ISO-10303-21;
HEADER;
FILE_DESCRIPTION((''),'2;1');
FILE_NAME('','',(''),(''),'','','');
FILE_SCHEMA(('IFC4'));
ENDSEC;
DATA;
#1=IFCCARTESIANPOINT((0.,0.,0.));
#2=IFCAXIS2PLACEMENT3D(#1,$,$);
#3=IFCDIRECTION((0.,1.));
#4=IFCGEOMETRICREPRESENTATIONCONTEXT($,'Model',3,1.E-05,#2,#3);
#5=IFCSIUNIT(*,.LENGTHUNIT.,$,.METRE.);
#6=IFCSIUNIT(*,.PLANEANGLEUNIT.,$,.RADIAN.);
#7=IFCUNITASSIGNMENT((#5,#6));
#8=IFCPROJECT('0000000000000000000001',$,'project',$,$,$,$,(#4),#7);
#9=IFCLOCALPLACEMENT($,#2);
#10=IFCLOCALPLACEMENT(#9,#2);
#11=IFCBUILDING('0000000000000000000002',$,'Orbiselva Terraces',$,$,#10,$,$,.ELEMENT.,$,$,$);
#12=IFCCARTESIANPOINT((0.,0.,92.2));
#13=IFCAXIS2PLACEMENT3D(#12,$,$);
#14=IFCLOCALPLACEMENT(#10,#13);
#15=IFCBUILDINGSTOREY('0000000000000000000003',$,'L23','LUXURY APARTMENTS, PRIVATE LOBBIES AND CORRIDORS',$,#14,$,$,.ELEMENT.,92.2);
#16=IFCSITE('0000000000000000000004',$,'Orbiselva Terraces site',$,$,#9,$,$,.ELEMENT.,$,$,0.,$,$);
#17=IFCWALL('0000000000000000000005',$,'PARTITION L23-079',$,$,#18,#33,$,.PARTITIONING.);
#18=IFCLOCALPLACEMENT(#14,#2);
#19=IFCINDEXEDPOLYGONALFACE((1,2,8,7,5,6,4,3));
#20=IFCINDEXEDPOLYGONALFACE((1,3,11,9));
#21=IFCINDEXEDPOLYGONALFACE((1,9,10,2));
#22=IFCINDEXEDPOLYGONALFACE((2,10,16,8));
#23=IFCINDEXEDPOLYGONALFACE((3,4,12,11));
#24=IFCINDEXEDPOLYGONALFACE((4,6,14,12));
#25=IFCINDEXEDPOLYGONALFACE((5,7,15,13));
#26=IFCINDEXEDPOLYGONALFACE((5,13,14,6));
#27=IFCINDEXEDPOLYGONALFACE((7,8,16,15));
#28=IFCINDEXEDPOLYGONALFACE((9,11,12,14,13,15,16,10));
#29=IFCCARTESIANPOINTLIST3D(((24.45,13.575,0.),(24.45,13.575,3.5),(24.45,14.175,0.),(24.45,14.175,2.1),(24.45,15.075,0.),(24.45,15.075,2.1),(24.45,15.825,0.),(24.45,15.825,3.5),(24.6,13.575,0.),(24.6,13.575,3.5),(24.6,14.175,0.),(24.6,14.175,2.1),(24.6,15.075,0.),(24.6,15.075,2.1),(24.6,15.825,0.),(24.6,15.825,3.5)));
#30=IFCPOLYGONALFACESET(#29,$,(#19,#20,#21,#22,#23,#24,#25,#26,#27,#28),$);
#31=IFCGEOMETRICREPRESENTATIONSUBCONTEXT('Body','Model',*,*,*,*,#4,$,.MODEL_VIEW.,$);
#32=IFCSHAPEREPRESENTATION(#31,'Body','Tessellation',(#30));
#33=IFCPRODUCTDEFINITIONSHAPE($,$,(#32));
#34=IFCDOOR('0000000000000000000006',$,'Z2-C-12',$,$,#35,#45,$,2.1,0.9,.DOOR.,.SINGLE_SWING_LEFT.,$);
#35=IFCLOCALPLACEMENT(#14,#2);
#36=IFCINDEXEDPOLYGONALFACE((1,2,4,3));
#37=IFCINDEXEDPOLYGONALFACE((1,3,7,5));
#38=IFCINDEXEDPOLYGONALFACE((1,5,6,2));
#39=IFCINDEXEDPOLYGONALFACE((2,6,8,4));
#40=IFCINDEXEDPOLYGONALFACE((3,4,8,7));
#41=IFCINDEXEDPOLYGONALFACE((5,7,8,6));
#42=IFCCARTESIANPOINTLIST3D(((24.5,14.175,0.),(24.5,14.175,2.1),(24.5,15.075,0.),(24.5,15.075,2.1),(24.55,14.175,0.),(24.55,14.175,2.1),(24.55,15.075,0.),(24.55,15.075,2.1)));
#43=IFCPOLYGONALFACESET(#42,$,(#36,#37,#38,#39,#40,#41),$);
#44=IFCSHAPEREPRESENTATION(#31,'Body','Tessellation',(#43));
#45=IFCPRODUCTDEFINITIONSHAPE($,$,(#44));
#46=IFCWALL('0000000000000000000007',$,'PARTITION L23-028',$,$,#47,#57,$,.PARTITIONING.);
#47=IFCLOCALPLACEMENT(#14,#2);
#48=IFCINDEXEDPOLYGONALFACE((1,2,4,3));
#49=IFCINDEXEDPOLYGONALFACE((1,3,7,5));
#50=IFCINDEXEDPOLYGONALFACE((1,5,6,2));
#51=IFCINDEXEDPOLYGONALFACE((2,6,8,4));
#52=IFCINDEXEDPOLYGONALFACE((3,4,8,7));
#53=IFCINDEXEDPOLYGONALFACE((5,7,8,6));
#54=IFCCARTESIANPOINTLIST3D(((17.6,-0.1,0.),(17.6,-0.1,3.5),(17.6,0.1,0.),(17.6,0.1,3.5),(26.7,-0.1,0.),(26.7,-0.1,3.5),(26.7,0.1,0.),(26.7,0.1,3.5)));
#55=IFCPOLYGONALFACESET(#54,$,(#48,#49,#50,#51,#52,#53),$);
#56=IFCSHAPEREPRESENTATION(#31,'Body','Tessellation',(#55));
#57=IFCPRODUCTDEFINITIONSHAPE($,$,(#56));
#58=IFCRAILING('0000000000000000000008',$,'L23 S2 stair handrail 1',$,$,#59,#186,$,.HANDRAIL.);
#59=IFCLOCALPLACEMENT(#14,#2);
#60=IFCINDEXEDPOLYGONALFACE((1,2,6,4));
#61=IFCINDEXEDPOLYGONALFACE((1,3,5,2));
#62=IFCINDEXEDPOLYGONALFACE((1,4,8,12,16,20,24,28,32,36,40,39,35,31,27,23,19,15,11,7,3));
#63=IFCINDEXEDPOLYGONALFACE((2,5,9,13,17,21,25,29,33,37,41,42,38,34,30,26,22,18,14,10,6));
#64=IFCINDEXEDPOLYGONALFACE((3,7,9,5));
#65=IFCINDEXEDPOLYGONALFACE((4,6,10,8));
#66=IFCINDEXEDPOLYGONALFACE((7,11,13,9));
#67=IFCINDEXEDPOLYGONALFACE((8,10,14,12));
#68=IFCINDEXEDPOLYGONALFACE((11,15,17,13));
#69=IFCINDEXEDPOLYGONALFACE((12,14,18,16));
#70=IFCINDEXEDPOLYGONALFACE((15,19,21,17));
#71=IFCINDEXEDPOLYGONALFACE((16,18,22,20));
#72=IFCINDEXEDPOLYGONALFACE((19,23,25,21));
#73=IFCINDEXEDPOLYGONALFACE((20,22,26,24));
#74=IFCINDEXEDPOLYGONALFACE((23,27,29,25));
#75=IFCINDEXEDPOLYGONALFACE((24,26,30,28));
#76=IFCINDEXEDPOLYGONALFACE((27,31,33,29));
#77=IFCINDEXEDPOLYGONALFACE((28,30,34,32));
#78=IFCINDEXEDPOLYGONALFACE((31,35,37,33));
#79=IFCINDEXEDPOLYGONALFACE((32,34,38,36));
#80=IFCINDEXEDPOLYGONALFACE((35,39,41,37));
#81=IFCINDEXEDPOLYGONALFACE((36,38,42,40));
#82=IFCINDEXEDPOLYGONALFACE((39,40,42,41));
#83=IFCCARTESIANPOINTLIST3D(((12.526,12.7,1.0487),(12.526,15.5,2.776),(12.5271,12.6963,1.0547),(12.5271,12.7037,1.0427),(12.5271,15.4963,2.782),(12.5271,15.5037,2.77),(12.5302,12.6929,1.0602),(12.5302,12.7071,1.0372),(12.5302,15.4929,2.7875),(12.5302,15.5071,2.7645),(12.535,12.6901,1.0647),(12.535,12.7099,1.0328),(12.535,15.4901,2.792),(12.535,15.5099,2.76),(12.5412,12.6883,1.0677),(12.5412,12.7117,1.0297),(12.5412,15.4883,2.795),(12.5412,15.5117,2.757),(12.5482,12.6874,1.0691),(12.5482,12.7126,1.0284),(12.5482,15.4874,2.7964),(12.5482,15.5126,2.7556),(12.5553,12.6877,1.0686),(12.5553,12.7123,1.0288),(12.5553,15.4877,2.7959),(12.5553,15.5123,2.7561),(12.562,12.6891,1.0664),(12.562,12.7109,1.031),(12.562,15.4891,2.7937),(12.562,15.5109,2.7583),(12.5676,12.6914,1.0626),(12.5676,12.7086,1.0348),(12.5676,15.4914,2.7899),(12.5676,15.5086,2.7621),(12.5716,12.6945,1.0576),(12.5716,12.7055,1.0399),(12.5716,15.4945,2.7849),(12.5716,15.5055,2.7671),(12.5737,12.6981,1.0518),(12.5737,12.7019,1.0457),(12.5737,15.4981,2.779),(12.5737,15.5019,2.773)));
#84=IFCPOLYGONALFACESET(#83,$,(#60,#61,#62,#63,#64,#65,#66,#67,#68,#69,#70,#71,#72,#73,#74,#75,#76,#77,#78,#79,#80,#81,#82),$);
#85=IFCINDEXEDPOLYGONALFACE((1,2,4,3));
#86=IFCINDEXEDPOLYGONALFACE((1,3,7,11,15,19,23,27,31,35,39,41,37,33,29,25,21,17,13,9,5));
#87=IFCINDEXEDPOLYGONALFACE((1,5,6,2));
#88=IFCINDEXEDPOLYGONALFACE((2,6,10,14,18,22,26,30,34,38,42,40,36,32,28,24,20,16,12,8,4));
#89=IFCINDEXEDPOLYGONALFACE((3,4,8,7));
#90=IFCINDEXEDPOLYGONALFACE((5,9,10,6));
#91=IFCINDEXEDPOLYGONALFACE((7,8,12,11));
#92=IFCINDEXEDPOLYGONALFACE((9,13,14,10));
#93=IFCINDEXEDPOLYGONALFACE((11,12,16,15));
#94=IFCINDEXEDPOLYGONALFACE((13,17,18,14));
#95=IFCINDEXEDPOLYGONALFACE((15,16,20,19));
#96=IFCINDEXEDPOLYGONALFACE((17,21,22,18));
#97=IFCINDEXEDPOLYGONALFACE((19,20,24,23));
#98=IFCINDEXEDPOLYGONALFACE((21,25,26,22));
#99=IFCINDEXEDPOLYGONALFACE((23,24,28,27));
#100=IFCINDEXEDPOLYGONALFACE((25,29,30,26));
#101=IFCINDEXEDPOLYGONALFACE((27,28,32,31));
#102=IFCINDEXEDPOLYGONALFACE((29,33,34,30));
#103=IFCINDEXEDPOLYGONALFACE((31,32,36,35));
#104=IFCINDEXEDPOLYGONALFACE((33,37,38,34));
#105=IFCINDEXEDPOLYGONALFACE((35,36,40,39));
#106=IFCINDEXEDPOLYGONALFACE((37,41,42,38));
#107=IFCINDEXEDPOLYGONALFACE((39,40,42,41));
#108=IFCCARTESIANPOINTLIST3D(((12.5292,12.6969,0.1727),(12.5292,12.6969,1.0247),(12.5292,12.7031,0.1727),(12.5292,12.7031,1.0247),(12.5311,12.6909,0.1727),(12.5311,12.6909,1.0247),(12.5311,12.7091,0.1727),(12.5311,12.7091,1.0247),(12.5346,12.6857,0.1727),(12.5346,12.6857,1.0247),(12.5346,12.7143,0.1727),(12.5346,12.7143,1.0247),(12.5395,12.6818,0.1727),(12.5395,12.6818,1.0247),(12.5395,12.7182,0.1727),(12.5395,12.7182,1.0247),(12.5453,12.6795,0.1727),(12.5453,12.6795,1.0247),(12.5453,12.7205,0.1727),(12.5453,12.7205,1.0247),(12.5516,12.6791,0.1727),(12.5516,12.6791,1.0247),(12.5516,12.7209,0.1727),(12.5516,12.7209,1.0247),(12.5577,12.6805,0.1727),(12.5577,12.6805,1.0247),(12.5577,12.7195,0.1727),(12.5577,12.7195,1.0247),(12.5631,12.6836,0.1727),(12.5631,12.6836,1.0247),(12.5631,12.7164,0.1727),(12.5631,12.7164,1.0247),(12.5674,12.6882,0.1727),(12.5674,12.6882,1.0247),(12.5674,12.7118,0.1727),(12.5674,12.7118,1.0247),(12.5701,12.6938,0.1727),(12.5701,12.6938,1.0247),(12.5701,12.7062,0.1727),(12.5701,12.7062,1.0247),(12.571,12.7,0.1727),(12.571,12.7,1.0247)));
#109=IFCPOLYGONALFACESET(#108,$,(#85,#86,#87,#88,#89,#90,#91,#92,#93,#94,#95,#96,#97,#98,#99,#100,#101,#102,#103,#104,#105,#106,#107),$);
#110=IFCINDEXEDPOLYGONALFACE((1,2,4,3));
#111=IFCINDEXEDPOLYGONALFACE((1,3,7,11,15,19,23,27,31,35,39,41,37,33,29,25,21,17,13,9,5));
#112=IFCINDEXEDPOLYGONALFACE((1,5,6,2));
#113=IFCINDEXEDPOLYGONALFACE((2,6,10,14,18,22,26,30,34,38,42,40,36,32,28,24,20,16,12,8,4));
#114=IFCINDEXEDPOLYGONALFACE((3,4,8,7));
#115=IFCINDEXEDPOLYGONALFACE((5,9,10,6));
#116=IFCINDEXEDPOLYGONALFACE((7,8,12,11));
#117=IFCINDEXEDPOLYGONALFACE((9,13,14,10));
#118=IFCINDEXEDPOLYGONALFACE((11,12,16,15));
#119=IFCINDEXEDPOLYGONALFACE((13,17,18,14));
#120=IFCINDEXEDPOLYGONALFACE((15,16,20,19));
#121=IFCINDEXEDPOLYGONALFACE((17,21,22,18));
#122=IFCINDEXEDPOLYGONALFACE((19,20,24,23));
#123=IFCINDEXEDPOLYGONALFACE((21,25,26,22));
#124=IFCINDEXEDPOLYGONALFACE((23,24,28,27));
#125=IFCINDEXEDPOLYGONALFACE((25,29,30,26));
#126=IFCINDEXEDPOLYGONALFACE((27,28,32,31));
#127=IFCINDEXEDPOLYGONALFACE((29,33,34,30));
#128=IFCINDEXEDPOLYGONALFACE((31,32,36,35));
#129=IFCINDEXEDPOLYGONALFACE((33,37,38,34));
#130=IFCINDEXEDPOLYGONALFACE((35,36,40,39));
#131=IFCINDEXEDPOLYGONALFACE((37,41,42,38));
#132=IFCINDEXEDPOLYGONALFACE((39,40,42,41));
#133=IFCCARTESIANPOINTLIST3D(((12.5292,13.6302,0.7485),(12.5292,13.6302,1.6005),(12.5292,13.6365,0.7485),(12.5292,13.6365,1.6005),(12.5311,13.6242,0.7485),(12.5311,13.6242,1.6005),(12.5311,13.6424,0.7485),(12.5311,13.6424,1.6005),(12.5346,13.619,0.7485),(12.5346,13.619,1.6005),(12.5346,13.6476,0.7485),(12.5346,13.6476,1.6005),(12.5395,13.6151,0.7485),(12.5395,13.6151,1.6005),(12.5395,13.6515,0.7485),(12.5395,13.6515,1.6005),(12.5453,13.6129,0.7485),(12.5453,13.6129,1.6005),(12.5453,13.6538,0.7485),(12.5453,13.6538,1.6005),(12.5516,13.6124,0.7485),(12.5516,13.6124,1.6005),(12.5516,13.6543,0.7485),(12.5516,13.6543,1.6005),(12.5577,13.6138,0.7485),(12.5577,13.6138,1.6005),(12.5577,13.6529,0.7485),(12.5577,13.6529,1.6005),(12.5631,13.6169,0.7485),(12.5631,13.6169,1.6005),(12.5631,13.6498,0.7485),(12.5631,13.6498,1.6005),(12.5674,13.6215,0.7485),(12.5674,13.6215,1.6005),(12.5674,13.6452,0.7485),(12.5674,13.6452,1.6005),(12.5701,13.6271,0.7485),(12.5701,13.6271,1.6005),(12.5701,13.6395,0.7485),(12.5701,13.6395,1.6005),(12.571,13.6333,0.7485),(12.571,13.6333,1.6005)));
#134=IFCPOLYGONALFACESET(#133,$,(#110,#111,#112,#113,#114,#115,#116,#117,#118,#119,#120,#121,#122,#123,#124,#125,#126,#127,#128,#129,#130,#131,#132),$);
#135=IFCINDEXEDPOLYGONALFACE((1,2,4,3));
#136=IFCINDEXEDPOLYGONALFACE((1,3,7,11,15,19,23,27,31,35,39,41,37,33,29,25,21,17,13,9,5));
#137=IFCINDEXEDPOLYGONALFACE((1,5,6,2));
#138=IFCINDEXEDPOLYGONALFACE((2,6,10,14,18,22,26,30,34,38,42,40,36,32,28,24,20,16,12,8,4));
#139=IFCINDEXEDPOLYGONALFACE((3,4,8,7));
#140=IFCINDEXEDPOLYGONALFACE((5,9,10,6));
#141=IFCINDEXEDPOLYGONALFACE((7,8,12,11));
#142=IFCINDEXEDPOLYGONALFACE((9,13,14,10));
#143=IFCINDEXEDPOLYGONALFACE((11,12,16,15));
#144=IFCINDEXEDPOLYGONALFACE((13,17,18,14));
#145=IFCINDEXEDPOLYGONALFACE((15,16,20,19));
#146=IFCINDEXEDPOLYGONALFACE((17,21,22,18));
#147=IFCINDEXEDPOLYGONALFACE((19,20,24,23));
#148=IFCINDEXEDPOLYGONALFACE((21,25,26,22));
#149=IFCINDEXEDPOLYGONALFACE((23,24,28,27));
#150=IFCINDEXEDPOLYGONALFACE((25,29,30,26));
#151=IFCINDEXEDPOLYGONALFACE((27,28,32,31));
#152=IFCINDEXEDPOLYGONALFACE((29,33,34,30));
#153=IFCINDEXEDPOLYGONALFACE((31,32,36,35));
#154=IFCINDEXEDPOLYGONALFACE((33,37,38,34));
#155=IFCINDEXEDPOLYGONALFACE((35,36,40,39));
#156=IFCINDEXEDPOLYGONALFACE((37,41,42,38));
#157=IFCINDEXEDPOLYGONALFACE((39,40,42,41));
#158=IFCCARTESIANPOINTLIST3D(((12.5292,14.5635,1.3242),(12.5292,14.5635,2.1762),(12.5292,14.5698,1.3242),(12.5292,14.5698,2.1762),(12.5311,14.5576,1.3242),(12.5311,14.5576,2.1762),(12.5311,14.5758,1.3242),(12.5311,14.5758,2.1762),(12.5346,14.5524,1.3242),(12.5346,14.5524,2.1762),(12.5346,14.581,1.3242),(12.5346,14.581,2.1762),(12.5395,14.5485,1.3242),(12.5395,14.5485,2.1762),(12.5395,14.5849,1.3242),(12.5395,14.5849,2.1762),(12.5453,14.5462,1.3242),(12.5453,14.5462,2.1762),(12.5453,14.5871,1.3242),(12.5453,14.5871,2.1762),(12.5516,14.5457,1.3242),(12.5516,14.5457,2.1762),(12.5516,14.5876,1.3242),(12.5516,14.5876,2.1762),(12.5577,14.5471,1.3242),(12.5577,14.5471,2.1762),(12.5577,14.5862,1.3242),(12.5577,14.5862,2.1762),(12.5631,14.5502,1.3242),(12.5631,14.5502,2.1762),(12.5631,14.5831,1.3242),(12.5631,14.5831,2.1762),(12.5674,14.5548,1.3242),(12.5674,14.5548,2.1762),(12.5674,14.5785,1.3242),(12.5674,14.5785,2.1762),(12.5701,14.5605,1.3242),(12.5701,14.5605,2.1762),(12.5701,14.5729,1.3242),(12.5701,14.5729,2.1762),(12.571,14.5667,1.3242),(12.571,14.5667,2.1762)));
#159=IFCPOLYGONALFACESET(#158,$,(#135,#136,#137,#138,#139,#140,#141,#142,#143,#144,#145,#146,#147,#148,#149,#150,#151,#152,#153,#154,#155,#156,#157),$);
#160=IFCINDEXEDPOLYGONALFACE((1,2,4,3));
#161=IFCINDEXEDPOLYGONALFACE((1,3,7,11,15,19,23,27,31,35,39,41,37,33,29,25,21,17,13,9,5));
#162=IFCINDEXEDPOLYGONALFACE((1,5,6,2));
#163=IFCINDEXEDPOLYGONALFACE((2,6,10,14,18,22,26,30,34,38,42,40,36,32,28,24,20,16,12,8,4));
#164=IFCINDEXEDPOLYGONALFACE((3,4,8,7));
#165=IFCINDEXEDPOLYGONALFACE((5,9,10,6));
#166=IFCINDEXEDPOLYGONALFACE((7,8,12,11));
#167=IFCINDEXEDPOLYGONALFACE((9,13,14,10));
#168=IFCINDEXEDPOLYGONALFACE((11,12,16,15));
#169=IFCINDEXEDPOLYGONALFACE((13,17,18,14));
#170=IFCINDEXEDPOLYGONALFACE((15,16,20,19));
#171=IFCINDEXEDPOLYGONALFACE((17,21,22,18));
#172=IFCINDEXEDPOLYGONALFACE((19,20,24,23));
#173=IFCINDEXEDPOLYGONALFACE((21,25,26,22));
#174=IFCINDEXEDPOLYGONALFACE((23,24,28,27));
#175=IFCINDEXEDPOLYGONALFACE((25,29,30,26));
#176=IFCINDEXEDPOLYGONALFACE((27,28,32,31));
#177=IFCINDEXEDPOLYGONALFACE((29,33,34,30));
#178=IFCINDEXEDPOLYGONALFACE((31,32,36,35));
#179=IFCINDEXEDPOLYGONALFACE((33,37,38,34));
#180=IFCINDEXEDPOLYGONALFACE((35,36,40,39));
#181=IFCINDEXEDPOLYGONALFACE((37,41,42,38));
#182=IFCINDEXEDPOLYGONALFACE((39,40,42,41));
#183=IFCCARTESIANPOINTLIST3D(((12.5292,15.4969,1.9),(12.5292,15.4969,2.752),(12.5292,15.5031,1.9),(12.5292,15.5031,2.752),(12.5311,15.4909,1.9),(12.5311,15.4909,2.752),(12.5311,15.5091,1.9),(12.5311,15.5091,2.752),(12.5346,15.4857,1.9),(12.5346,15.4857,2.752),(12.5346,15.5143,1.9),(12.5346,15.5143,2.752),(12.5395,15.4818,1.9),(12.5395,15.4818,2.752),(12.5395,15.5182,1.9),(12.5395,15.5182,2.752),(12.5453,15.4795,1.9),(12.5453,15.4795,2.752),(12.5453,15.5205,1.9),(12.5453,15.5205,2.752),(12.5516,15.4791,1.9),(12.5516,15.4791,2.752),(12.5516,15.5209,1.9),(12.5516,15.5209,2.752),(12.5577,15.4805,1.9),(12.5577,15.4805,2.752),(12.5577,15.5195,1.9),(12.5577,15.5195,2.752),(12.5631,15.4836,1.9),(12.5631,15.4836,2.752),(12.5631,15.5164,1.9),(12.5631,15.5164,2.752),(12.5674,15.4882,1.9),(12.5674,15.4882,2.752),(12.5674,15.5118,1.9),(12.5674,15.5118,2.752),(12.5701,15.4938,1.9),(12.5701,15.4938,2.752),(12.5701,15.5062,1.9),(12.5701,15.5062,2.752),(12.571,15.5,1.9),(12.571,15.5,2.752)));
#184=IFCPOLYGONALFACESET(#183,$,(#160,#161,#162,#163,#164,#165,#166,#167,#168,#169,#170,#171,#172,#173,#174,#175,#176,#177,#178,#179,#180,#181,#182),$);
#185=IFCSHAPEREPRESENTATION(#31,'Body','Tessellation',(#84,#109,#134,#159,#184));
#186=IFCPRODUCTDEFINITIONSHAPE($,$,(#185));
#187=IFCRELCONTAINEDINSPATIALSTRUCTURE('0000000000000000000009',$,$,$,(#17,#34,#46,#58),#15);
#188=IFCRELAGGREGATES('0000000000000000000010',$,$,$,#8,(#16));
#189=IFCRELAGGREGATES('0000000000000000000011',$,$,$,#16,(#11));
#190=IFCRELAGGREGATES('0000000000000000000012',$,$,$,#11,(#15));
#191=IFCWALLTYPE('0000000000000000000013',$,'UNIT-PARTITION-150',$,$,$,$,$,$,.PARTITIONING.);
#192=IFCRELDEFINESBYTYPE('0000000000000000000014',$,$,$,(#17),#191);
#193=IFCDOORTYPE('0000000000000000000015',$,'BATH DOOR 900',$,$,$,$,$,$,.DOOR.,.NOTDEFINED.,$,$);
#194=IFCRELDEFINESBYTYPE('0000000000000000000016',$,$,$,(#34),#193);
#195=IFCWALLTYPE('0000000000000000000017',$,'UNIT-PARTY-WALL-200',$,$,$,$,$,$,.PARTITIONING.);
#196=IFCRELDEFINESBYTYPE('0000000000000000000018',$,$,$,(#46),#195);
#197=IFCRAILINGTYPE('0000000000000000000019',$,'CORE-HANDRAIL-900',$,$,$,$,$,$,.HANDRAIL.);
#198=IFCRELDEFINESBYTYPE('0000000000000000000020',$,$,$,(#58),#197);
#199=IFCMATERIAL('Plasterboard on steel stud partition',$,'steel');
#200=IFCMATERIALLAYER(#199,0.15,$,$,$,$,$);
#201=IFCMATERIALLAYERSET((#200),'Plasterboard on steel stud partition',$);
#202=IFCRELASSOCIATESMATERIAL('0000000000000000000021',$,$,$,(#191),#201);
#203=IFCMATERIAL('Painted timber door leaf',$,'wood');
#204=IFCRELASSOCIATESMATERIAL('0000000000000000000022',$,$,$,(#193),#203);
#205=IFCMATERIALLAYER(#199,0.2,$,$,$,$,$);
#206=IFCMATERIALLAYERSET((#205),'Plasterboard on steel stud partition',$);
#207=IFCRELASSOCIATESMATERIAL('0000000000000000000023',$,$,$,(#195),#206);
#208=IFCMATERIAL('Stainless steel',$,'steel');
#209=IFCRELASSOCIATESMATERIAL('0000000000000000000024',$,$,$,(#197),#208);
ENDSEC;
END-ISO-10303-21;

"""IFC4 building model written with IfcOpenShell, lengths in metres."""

from ifc_helpers import new_model, si_unit, direction, frame, frame_2d, origin, origin_2d, place, context, subcontext, project, spatial, rectangle, circle, extrude, material, layer, layer_set, type_object, element, fill, save


model = new_model("IFC4")

# Units and contexts
model_context = context("Model", 3, precision=1e-05, world=origin(), true_north=direction((0.0, 1.0)))
body_context = subcontext(model_context, "Body", "Model", "MODEL_VIEW")
ifc_project = project(units=[si_unit("LENGTHUNIT", "METRE"), si_unit("PLANEANGLEUNIT", "RADIAN")], contexts=[model_context])

# Site, building, storey
site_placement = place(None, origin())
site = spatial("IfcSite", under=ifc_project, at=site_placement, Name="Orbiselva Terraces site", CompositionType="ELEMENT", RefElevation=0.0)
building_placement = place(site_placement, origin())
building = spatial("IfcBuilding", under=site, at=building_placement, Name="Orbiselva Terraces", CompositionType="ELEMENT")
storey_placement = place(building_placement, frame((0.0, 0.0, 92.2)))
storey = spatial("IfcBuildingStorey", under=building, at=storey_placement, Name="L23", Description="LUXURY APARTMENTS, PRIVATE LOBBIES AND CORRIDORS", CompositionType="ELEMENT", Elevation=92.2)

# Shared definitions
ifc_material_1 = material(Name="Plasterboard on steel stud partition", Category="steel")
ifc_material_2 = material(Name="Painted timber door leaf", Category="wood")

# Shared definitions
ifc_layer_1 = layer(ifc_material_1, 0.15)
ifc_layer_set_1 = layer_set([ifc_layer_1], Name="Plasterboard on steel stud partition")
wall_type_1 = type_object("IfcWallType", Name="UNIT-PARTITION-150", PredefinedType="PARTITIONING", material=ifc_layer_set_1)
door_type_1 = type_object("IfcDoorType", Name="BATH DOOR 900", OperationType="NOTDEFINED", PredefinedType="DOOR", material=ifc_material_2)

# Wall, opening, door
wall_1_placement = place(storey_placement, frame((24.525, 13.575, 0.0), z_axis=(0.0, 0.0, 1.0), x_axis=(0.0, 1.0, 0.0)))
wall_1 = element("IfcWall", 1, at=wall_1_placement, inside=storey, type_object=wall_type_1, Name="PARTITION L23-079", PredefinedType="PARTITIONING", context=body_context, shape_type="SweptSolid", body=[
    extrude(rectangle(XDim=2.25, YDim=0.15, at=frame_2d((1.125, 0.0))), origin(), (0.0, 0.0, 1.0), 3.5),
])
opening_1_placement = place(wall_1_placement, frame((0.6, 0.0, 0.0)))
opening_1 = element("IfcOpeningElement", 2, at=opening_1_placement, cuts=wall_1, PredefinedType="OPENING", context=body_context, shape_type="SweptSolid", body=[
    extrude(rectangle(XDim=0.9, YDim=2.1, at=frame_2d((0.45, 1.05))), frame((0.0, 0.085, 0.0), z_axis=(0.0, -1.0, 0.0), x_axis=(1.0, 0.0, 0.0)), (0.0, 0.0, 1.0), 0.17),
])
door_1_placement = place(opening_1_placement, origin())
door_1 = element("IfcDoor", 3, at=door_1_placement, inside=storey, type_object=door_type_1, Name="Z2-C-12", OperationType="SINGLE_SWING_LEFT", OverallHeight=2.1, OverallWidth=0.9, PredefinedType="DOOR", context=body_context, shape_type="SweptSolid", body=[
    extrude(rectangle(XDim=0.9, YDim=2.1, at=frame_2d((0.45, 1.05))), frame((0.0, 0.025, 0.0), z_axis=(0.0, -1.0, 0.0), x_axis=(1.0, 0.0, 0.0)), (0.0, 0.0, 1.0), 0.05),
])
fill(opening_1, door_1)

# Wall
ifc_layer_2 = layer(ifc_material_1, 0.2)
ifc_layer_set_2 = layer_set([ifc_layer_2], Name="Plasterboard on steel stud partition")
wall_type_2 = type_object("IfcWallType", Name="UNIT-PARTY-WALL-200", PredefinedType="PARTITIONING", material=ifc_layer_set_2)
wall_2_placement = place(storey_placement, frame((17.6, 0.0, 0.0), z_axis=(0.0, 0.0, 1.0), x_axis=(1.0, 0.0, 0.0)))
element("IfcWall", 4, at=wall_2_placement, inside=storey, type_object=wall_type_2, Name="PARTITION L23-028", PredefinedType="PARTITIONING", context=body_context, shape_type="SweptSolid", body=[
    extrude(rectangle(XDim=9.1, YDim=0.2, at=frame_2d((4.55, 0.0))), origin(), (0.0, 0.0, 1.0), 3.5),
])

# Railing
ifc_material_3 = material(Name="Stainless steel", Category="steel")
railing_type = type_object("IfcRailingType", Name="CORE-HANDRAIL-900", PredefinedType="HANDRAIL", material=ifc_material_3)
railing_placement = place(storey_placement, frame((12.55, 12.7, 0.1727)))
element("IfcRailing", 5, at=railing_placement, inside=storey, type_object=railing_type, Name="L23 S2 stair handrail 1", PredefinedType="HANDRAIL", context=body_context, shape_type="SweptSolid", body=[
    extrude(circle(Radius=0.024, at=origin_2d()), frame((0.0, 0.0, 0.876), z_axis=(0.0, 0.851089, 0.525022), x_axis=(-1.0, 0.0, 0.0)), (0.0, 0.0, 1.0), 3.2899),
    extrude(circle(Radius=0.021, at=origin_2d()), origin(), (0.0, 0.0, 1.0), 0.852),
    extrude(circle(Radius=0.021, at=origin_2d()), frame((0.0, 0.9333, 0.5758)), (0.0, 0.0, 1.0), 0.852),
    extrude(circle(Radius=0.021, at=origin_2d()), frame((0.0, 1.8667, 1.1515)), (0.0, 0.0, 1.0), 0.852),
    extrude(circle(Radius=0.021, at=origin_2d()), frame((0.0, 2.8, 1.7273)), (0.0, 0.0, 1.0), 0.852),
])

save(model, "model.ifc")
